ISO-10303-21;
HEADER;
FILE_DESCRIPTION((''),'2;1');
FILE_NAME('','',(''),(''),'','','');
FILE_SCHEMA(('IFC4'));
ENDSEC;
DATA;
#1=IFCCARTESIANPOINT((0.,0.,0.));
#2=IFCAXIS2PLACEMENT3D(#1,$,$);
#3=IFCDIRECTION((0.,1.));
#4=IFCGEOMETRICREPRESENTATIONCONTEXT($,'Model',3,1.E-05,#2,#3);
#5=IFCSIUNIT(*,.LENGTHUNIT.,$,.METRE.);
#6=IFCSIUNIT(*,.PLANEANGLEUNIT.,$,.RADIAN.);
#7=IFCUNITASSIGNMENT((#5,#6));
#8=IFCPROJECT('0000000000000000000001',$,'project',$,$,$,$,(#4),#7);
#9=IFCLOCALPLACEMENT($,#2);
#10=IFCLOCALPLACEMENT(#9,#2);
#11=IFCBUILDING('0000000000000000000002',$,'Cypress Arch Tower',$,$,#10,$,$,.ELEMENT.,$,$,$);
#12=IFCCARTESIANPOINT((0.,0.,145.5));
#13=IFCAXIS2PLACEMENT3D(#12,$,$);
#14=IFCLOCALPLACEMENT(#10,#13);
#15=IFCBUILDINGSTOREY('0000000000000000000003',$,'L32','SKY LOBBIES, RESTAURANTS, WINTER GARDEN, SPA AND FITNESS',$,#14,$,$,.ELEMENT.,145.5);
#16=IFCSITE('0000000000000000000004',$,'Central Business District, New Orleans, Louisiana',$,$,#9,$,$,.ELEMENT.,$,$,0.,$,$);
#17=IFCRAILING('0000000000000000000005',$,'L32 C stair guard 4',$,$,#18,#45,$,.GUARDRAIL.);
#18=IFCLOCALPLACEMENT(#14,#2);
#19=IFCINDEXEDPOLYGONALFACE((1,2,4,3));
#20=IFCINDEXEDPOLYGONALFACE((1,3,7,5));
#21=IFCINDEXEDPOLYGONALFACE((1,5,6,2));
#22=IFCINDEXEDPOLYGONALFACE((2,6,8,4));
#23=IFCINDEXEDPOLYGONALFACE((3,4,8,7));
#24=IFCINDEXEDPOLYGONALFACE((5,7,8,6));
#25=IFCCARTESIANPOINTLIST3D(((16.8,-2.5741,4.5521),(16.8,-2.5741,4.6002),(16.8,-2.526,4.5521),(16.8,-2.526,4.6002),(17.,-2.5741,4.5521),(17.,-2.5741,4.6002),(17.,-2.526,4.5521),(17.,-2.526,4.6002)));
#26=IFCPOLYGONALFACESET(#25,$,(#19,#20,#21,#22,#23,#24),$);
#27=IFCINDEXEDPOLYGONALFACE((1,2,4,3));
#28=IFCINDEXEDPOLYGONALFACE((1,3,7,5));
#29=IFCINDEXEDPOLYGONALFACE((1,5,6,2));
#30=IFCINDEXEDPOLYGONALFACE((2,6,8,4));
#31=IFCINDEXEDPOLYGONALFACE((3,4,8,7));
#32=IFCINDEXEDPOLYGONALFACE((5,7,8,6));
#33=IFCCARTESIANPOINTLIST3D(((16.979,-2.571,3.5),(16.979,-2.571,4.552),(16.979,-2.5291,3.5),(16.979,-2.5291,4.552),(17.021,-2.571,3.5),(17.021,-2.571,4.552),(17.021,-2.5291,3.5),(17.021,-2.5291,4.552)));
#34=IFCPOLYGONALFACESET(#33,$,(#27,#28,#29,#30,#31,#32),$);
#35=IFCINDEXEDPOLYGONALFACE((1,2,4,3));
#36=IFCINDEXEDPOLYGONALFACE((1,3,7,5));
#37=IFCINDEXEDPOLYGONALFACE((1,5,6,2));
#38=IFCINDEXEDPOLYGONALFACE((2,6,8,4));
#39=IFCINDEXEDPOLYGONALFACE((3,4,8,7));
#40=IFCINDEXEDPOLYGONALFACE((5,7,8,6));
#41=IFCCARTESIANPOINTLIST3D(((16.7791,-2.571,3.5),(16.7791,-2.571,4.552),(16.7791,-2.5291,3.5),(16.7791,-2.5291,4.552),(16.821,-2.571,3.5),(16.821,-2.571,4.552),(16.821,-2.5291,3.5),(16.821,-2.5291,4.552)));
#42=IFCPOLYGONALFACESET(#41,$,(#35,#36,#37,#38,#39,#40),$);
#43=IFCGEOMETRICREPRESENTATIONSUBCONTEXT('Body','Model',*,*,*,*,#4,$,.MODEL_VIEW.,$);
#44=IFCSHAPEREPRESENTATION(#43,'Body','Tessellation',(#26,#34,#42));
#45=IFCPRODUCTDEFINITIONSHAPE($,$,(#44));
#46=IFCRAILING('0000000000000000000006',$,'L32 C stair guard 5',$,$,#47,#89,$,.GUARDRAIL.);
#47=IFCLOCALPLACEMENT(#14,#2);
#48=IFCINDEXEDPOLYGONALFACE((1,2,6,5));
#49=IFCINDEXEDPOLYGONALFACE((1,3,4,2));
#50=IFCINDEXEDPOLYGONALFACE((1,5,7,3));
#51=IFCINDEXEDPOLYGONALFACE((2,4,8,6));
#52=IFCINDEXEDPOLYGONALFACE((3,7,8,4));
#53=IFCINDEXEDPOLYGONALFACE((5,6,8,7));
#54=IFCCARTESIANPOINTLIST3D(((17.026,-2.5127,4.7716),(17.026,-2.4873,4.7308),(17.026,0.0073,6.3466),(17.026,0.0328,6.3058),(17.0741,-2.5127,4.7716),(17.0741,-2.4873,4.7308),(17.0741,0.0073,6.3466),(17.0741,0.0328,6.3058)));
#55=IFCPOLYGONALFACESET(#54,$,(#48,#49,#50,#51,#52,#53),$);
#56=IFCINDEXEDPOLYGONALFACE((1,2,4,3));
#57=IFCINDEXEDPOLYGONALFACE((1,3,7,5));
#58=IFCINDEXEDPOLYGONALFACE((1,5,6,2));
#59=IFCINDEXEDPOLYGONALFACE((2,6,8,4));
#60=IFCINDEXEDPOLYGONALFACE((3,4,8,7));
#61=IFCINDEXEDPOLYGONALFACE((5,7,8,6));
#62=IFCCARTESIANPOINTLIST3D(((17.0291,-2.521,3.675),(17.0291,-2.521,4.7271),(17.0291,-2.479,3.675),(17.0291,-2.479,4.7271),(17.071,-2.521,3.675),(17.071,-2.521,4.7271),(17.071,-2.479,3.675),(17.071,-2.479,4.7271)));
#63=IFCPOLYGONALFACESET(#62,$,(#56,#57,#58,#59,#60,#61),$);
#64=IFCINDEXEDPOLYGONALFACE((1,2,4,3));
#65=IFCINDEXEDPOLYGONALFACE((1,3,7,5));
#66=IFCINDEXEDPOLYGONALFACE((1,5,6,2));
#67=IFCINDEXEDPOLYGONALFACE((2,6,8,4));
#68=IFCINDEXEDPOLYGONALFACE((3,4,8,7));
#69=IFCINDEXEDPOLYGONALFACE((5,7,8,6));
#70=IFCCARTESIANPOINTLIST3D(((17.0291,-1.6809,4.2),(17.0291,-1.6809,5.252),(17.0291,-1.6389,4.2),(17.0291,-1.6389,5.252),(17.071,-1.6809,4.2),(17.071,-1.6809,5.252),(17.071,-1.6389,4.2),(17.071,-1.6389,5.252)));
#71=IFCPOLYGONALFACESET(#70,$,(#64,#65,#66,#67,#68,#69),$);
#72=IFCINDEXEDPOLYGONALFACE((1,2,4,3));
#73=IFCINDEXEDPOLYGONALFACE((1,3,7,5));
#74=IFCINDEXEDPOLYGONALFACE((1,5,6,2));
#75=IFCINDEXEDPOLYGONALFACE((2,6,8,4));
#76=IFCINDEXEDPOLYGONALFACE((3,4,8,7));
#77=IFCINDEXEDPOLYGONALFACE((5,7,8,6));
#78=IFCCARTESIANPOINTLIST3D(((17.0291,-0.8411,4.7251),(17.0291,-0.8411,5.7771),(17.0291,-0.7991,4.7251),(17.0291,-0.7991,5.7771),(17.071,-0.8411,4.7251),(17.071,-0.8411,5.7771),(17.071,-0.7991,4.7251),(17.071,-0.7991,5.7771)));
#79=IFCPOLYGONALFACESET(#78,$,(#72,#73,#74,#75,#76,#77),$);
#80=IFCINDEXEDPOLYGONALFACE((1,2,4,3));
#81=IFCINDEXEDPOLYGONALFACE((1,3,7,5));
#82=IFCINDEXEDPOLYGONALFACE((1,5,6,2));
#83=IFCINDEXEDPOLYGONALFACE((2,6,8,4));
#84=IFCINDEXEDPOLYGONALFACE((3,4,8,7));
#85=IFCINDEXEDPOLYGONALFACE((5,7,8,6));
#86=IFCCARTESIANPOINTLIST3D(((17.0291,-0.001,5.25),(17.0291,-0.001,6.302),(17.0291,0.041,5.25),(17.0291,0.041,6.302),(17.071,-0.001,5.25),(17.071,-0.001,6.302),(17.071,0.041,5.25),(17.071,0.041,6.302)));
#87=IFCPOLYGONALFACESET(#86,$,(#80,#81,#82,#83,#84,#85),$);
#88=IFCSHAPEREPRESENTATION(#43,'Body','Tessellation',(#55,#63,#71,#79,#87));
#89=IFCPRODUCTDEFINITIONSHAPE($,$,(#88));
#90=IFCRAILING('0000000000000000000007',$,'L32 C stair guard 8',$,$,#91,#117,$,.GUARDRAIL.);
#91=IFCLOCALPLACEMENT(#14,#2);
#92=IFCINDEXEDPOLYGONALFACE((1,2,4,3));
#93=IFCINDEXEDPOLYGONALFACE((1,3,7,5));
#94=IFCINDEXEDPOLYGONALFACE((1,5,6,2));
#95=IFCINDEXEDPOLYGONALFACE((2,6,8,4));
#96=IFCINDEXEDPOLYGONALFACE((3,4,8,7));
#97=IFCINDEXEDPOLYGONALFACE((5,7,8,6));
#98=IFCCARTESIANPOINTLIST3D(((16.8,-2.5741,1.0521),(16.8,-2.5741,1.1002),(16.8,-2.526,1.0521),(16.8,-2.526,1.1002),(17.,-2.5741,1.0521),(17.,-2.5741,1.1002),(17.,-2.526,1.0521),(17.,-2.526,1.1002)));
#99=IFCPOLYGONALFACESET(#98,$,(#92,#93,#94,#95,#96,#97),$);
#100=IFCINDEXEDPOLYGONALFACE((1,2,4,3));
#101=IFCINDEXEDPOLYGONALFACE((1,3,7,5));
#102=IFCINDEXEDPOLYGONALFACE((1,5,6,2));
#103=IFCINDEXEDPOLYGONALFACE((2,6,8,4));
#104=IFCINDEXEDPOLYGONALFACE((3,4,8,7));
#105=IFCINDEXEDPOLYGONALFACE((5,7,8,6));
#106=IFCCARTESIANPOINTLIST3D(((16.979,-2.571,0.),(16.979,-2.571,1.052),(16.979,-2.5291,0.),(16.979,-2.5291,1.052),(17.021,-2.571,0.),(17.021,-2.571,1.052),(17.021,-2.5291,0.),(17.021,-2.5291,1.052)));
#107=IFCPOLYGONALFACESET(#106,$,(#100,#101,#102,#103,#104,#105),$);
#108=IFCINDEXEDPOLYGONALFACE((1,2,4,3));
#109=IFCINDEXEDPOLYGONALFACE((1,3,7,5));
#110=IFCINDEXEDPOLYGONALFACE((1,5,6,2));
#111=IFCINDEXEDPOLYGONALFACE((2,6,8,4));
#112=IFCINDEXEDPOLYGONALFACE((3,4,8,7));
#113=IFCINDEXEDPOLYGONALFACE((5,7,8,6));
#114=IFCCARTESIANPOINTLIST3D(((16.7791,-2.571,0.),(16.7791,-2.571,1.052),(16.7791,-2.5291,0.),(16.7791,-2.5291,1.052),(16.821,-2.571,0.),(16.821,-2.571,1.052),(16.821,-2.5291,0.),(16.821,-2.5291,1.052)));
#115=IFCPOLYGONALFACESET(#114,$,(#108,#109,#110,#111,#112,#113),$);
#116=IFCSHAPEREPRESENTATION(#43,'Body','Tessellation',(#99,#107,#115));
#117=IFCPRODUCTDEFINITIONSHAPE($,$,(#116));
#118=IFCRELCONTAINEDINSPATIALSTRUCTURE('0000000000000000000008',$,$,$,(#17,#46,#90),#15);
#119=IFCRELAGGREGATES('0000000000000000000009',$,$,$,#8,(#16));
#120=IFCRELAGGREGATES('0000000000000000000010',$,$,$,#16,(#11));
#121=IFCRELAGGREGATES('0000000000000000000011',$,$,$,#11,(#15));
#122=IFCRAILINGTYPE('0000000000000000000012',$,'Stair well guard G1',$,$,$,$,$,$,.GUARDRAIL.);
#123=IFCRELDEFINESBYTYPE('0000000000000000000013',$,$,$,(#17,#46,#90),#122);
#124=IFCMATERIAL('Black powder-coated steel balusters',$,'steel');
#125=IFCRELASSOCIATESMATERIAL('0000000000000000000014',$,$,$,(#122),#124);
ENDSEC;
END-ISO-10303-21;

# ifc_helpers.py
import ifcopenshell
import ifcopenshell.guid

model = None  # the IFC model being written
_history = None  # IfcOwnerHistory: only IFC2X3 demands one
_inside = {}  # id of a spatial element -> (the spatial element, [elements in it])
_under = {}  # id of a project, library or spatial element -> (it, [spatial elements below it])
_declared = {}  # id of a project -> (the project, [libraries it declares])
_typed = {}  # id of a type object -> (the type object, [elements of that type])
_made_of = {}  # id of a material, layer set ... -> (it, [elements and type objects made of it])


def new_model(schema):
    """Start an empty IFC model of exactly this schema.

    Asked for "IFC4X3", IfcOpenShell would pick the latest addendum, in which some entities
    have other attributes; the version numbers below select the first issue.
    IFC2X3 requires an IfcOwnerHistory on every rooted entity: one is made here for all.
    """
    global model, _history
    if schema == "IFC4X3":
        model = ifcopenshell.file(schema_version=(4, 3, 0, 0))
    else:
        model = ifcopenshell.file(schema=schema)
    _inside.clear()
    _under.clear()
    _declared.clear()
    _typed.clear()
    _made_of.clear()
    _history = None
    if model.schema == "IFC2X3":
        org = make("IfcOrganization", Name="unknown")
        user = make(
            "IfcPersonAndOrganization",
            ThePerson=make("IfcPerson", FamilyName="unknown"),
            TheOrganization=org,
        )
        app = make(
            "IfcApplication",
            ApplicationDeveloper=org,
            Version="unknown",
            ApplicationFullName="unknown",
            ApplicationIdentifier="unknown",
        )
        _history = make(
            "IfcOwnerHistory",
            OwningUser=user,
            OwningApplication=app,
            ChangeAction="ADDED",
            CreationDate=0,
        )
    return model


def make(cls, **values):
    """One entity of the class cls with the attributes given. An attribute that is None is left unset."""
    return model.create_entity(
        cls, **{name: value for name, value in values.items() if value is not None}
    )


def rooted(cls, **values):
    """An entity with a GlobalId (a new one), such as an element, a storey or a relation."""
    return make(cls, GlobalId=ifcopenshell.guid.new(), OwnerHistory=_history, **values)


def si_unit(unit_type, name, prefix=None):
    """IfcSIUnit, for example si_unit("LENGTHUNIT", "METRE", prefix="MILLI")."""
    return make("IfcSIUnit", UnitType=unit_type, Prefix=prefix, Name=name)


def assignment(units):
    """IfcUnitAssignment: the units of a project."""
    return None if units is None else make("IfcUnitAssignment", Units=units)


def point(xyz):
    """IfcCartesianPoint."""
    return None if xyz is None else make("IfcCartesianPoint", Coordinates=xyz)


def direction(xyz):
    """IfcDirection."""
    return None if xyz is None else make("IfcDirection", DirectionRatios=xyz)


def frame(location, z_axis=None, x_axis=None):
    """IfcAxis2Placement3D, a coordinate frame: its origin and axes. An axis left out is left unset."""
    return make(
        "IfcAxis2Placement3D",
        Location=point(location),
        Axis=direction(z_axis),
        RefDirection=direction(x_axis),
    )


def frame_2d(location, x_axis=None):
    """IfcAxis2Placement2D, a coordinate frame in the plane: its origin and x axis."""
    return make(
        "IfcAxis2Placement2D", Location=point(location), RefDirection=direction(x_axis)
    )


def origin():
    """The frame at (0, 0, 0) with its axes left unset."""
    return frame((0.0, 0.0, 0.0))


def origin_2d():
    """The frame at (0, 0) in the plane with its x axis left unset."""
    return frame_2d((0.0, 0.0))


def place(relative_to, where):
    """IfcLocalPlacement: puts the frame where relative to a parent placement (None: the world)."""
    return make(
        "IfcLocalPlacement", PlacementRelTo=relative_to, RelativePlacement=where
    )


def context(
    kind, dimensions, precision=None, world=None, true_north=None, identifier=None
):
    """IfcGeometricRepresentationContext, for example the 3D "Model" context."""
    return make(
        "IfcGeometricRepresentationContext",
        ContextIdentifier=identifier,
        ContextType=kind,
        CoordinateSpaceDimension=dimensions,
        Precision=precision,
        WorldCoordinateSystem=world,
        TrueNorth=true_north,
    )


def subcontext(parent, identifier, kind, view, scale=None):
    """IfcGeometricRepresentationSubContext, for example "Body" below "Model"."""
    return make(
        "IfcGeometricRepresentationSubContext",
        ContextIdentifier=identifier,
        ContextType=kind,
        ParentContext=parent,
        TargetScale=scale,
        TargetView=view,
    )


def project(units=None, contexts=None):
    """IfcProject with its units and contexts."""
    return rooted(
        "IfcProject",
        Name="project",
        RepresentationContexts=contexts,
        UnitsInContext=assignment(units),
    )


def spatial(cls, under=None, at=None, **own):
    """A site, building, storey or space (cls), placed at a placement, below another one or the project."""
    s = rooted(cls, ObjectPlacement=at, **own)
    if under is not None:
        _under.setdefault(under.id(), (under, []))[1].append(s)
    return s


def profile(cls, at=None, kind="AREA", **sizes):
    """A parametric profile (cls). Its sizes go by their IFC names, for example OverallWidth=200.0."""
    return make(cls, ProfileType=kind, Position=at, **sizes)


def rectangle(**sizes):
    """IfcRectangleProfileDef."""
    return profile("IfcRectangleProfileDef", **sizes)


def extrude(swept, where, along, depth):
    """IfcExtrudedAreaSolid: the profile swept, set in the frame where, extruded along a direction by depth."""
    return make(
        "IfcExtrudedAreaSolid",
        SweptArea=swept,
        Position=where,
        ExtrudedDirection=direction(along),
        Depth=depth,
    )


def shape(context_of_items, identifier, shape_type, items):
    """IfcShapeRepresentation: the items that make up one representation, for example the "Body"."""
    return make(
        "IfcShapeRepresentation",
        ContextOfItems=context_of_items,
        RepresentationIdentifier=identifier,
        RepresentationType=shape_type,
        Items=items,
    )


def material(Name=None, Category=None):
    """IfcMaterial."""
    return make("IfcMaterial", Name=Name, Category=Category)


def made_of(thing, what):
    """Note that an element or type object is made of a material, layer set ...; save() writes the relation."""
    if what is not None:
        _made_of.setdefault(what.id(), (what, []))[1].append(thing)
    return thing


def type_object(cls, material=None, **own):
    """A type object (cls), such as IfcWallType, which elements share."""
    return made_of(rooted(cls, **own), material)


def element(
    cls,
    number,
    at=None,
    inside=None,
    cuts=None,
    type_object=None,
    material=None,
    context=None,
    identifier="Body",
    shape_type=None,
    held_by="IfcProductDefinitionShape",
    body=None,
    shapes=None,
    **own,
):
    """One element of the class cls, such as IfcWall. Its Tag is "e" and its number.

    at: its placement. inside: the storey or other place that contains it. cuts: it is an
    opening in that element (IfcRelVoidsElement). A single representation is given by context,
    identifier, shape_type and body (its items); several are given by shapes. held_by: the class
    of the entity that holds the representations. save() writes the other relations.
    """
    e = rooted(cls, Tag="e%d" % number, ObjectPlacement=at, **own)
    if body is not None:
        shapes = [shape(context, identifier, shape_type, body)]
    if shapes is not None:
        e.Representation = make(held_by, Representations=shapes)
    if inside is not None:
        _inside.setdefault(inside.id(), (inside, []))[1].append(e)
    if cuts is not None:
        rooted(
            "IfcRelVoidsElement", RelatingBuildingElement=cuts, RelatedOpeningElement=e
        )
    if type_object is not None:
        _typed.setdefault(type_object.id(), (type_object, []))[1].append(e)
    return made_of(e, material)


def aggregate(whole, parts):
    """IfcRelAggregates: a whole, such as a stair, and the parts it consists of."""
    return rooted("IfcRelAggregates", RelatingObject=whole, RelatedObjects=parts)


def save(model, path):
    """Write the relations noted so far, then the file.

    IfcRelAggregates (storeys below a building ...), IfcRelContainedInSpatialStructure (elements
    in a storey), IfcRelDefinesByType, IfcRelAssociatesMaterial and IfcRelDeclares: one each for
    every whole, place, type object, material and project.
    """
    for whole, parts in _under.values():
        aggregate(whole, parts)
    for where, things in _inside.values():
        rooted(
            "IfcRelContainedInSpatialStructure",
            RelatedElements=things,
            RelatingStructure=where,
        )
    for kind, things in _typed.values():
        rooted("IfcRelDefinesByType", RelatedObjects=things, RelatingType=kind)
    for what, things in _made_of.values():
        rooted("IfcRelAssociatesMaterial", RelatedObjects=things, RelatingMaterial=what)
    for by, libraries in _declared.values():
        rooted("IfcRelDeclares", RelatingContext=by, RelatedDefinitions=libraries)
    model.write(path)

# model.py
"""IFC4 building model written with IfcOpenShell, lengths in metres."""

from ifc_helpers import new_model, si_unit, direction, frame, origin, origin_2d, place, context, subcontext, project, spatial, rectangle, extrude, material, type_object, element, save


model = new_model("IFC4")

# Units and contexts
model_context = context("Model", 3, precision=1e-05, world=origin(), true_north=direction((0.0, 1.0)))
body_context = subcontext(model_context, "Body", "Model", "MODEL_VIEW")
ifc_project = project(units=[si_unit("LENGTHUNIT", "METRE"), si_unit("PLANEANGLEUNIT", "RADIAN")], contexts=[model_context])

# Site, building, storey
site_placement = place(None, origin())
site = spatial("IfcSite", under=ifc_project, at=site_placement, Name="Central Business District, New Orleans, Louisiana", CompositionType="ELEMENT", RefElevation=0.0)
building_placement = place(site_placement, origin())
building = spatial("IfcBuilding", under=site, at=building_placement, Name="Cypress Arch Tower", CompositionType="ELEMENT")
storey_placement = place(building_placement, frame((0.0, 0.0, 145.5)))
storey = spatial("IfcBuildingStorey", under=building, at=storey_placement, Name="L32", Description="SKY LOBBIES, RESTAURANTS, WINTER GARDEN, SPA AND FITNESS", CompositionType="ELEMENT", Elevation=145.5)

# Railings
ifc_material_1 = material(Name="Black powder-coated steel balusters", Category="steel")
railing_type_1 = type_object("IfcRailingType", Name="Stair well guard G1", PredefinedType="GUARDRAIL", material=ifc_material_1)
railing_1_placement = place(storey_placement, frame((17.0, -2.55, 3.5)))
element("IfcRailing", 1, at=railing_1_placement, inside=storey, type_object=railing_type_1, Name="L32 C stair guard 4", PredefinedType="GUARDRAIL", context=body_context, shape_type="SweptSolid", body=[
    extrude(rectangle(XDim=0.0481, YDim=0.0481, at=origin_2d()), frame((0.0, 0.0, 1.0762), z_axis=(-1.0, 0.0, 0.0), x_axis=(0.0, -1.0, 0.0)), (0.0, 0.0, 1.0), 0.2),
    extrude(rectangle(XDim=0.042, YDim=0.042, at=origin_2d()), origin(), (0.0, 0.0, 1.0), 1.052),
    extrude(rectangle(XDim=0.042, YDim=0.042, at=origin_2d()), frame((-0.2, 0.0, 0.0)), (0.0, 0.0, 1.0), 1.052),
])
railing_2_placement = place(storey_placement, frame((17.05, -2.5, 3.675)))
element("IfcRailing", 2, at=railing_2_placement, inside=storey, type_object=railing_type_1, Name="L32 C stair guard 5", PredefinedType="GUARDRAIL", context=body_context, shape_type="SweptSolid", body=[
    extrude(rectangle(XDim=0.0481, YDim=0.0481, at=origin_2d()), frame((0.0, 0.0, 1.0762), z_axis=(0.0, 0.848008, 0.529984), x_axis=(-1.0, 0.0, 0.0)), (0.0, 0.0, 1.0), 2.9717),
    extrude(rectangle(XDim=0.042, YDim=0.042, at=origin_2d()), origin(), (0.0, 0.0, 1.0), 1.052),
    extrude(rectangle(XDim=0.042, YDim=0.042, at=origin_2d()), frame((0.0, 0.8401, 0.5249)), (0.0, 0.0, 1.0), 1.052),
    extrude(rectangle(XDim=0.042, YDim=0.042, at=origin_2d()), frame((0.0, 1.6799, 1.05)), (0.0, 0.0, 1.0), 1.052),
    extrude(rectangle(XDim=0.042, YDim=0.042, at=origin_2d()), frame((0.0, 2.52, 1.575)), (0.0, 0.0, 1.0), 1.052),
])
railing_3_placement = place(storey_placement, frame((17.0, -2.55, 0.0)))
element("IfcRailing", 3, at=railing_3_placement, inside=storey, type_object=railing_type_1, Name="L32 C stair guard 8", PredefinedType="GUARDRAIL", context=body_context, shape_type="SweptSolid", body=[
    extrude(rectangle(XDim=0.0481, YDim=0.0481, at=origin_2d()), frame((0.0, 0.0, 1.0762), z_axis=(-1.0, 0.0, 0.0), x_axis=(0.0, -1.0, 0.0)), (0.0, 0.0, 1.0), 0.2),
    extrude(rectangle(XDim=0.042, YDim=0.042, at=origin_2d()), origin(), (0.0, 0.0, 1.0), 1.052),
    extrude(rectangle(XDim=0.042, YDim=0.042, at=origin_2d()), frame((-0.2, 0.0, 0.0)), (0.0, 0.0, 1.0), 1.052),
])

save(model, "model.ifc")
